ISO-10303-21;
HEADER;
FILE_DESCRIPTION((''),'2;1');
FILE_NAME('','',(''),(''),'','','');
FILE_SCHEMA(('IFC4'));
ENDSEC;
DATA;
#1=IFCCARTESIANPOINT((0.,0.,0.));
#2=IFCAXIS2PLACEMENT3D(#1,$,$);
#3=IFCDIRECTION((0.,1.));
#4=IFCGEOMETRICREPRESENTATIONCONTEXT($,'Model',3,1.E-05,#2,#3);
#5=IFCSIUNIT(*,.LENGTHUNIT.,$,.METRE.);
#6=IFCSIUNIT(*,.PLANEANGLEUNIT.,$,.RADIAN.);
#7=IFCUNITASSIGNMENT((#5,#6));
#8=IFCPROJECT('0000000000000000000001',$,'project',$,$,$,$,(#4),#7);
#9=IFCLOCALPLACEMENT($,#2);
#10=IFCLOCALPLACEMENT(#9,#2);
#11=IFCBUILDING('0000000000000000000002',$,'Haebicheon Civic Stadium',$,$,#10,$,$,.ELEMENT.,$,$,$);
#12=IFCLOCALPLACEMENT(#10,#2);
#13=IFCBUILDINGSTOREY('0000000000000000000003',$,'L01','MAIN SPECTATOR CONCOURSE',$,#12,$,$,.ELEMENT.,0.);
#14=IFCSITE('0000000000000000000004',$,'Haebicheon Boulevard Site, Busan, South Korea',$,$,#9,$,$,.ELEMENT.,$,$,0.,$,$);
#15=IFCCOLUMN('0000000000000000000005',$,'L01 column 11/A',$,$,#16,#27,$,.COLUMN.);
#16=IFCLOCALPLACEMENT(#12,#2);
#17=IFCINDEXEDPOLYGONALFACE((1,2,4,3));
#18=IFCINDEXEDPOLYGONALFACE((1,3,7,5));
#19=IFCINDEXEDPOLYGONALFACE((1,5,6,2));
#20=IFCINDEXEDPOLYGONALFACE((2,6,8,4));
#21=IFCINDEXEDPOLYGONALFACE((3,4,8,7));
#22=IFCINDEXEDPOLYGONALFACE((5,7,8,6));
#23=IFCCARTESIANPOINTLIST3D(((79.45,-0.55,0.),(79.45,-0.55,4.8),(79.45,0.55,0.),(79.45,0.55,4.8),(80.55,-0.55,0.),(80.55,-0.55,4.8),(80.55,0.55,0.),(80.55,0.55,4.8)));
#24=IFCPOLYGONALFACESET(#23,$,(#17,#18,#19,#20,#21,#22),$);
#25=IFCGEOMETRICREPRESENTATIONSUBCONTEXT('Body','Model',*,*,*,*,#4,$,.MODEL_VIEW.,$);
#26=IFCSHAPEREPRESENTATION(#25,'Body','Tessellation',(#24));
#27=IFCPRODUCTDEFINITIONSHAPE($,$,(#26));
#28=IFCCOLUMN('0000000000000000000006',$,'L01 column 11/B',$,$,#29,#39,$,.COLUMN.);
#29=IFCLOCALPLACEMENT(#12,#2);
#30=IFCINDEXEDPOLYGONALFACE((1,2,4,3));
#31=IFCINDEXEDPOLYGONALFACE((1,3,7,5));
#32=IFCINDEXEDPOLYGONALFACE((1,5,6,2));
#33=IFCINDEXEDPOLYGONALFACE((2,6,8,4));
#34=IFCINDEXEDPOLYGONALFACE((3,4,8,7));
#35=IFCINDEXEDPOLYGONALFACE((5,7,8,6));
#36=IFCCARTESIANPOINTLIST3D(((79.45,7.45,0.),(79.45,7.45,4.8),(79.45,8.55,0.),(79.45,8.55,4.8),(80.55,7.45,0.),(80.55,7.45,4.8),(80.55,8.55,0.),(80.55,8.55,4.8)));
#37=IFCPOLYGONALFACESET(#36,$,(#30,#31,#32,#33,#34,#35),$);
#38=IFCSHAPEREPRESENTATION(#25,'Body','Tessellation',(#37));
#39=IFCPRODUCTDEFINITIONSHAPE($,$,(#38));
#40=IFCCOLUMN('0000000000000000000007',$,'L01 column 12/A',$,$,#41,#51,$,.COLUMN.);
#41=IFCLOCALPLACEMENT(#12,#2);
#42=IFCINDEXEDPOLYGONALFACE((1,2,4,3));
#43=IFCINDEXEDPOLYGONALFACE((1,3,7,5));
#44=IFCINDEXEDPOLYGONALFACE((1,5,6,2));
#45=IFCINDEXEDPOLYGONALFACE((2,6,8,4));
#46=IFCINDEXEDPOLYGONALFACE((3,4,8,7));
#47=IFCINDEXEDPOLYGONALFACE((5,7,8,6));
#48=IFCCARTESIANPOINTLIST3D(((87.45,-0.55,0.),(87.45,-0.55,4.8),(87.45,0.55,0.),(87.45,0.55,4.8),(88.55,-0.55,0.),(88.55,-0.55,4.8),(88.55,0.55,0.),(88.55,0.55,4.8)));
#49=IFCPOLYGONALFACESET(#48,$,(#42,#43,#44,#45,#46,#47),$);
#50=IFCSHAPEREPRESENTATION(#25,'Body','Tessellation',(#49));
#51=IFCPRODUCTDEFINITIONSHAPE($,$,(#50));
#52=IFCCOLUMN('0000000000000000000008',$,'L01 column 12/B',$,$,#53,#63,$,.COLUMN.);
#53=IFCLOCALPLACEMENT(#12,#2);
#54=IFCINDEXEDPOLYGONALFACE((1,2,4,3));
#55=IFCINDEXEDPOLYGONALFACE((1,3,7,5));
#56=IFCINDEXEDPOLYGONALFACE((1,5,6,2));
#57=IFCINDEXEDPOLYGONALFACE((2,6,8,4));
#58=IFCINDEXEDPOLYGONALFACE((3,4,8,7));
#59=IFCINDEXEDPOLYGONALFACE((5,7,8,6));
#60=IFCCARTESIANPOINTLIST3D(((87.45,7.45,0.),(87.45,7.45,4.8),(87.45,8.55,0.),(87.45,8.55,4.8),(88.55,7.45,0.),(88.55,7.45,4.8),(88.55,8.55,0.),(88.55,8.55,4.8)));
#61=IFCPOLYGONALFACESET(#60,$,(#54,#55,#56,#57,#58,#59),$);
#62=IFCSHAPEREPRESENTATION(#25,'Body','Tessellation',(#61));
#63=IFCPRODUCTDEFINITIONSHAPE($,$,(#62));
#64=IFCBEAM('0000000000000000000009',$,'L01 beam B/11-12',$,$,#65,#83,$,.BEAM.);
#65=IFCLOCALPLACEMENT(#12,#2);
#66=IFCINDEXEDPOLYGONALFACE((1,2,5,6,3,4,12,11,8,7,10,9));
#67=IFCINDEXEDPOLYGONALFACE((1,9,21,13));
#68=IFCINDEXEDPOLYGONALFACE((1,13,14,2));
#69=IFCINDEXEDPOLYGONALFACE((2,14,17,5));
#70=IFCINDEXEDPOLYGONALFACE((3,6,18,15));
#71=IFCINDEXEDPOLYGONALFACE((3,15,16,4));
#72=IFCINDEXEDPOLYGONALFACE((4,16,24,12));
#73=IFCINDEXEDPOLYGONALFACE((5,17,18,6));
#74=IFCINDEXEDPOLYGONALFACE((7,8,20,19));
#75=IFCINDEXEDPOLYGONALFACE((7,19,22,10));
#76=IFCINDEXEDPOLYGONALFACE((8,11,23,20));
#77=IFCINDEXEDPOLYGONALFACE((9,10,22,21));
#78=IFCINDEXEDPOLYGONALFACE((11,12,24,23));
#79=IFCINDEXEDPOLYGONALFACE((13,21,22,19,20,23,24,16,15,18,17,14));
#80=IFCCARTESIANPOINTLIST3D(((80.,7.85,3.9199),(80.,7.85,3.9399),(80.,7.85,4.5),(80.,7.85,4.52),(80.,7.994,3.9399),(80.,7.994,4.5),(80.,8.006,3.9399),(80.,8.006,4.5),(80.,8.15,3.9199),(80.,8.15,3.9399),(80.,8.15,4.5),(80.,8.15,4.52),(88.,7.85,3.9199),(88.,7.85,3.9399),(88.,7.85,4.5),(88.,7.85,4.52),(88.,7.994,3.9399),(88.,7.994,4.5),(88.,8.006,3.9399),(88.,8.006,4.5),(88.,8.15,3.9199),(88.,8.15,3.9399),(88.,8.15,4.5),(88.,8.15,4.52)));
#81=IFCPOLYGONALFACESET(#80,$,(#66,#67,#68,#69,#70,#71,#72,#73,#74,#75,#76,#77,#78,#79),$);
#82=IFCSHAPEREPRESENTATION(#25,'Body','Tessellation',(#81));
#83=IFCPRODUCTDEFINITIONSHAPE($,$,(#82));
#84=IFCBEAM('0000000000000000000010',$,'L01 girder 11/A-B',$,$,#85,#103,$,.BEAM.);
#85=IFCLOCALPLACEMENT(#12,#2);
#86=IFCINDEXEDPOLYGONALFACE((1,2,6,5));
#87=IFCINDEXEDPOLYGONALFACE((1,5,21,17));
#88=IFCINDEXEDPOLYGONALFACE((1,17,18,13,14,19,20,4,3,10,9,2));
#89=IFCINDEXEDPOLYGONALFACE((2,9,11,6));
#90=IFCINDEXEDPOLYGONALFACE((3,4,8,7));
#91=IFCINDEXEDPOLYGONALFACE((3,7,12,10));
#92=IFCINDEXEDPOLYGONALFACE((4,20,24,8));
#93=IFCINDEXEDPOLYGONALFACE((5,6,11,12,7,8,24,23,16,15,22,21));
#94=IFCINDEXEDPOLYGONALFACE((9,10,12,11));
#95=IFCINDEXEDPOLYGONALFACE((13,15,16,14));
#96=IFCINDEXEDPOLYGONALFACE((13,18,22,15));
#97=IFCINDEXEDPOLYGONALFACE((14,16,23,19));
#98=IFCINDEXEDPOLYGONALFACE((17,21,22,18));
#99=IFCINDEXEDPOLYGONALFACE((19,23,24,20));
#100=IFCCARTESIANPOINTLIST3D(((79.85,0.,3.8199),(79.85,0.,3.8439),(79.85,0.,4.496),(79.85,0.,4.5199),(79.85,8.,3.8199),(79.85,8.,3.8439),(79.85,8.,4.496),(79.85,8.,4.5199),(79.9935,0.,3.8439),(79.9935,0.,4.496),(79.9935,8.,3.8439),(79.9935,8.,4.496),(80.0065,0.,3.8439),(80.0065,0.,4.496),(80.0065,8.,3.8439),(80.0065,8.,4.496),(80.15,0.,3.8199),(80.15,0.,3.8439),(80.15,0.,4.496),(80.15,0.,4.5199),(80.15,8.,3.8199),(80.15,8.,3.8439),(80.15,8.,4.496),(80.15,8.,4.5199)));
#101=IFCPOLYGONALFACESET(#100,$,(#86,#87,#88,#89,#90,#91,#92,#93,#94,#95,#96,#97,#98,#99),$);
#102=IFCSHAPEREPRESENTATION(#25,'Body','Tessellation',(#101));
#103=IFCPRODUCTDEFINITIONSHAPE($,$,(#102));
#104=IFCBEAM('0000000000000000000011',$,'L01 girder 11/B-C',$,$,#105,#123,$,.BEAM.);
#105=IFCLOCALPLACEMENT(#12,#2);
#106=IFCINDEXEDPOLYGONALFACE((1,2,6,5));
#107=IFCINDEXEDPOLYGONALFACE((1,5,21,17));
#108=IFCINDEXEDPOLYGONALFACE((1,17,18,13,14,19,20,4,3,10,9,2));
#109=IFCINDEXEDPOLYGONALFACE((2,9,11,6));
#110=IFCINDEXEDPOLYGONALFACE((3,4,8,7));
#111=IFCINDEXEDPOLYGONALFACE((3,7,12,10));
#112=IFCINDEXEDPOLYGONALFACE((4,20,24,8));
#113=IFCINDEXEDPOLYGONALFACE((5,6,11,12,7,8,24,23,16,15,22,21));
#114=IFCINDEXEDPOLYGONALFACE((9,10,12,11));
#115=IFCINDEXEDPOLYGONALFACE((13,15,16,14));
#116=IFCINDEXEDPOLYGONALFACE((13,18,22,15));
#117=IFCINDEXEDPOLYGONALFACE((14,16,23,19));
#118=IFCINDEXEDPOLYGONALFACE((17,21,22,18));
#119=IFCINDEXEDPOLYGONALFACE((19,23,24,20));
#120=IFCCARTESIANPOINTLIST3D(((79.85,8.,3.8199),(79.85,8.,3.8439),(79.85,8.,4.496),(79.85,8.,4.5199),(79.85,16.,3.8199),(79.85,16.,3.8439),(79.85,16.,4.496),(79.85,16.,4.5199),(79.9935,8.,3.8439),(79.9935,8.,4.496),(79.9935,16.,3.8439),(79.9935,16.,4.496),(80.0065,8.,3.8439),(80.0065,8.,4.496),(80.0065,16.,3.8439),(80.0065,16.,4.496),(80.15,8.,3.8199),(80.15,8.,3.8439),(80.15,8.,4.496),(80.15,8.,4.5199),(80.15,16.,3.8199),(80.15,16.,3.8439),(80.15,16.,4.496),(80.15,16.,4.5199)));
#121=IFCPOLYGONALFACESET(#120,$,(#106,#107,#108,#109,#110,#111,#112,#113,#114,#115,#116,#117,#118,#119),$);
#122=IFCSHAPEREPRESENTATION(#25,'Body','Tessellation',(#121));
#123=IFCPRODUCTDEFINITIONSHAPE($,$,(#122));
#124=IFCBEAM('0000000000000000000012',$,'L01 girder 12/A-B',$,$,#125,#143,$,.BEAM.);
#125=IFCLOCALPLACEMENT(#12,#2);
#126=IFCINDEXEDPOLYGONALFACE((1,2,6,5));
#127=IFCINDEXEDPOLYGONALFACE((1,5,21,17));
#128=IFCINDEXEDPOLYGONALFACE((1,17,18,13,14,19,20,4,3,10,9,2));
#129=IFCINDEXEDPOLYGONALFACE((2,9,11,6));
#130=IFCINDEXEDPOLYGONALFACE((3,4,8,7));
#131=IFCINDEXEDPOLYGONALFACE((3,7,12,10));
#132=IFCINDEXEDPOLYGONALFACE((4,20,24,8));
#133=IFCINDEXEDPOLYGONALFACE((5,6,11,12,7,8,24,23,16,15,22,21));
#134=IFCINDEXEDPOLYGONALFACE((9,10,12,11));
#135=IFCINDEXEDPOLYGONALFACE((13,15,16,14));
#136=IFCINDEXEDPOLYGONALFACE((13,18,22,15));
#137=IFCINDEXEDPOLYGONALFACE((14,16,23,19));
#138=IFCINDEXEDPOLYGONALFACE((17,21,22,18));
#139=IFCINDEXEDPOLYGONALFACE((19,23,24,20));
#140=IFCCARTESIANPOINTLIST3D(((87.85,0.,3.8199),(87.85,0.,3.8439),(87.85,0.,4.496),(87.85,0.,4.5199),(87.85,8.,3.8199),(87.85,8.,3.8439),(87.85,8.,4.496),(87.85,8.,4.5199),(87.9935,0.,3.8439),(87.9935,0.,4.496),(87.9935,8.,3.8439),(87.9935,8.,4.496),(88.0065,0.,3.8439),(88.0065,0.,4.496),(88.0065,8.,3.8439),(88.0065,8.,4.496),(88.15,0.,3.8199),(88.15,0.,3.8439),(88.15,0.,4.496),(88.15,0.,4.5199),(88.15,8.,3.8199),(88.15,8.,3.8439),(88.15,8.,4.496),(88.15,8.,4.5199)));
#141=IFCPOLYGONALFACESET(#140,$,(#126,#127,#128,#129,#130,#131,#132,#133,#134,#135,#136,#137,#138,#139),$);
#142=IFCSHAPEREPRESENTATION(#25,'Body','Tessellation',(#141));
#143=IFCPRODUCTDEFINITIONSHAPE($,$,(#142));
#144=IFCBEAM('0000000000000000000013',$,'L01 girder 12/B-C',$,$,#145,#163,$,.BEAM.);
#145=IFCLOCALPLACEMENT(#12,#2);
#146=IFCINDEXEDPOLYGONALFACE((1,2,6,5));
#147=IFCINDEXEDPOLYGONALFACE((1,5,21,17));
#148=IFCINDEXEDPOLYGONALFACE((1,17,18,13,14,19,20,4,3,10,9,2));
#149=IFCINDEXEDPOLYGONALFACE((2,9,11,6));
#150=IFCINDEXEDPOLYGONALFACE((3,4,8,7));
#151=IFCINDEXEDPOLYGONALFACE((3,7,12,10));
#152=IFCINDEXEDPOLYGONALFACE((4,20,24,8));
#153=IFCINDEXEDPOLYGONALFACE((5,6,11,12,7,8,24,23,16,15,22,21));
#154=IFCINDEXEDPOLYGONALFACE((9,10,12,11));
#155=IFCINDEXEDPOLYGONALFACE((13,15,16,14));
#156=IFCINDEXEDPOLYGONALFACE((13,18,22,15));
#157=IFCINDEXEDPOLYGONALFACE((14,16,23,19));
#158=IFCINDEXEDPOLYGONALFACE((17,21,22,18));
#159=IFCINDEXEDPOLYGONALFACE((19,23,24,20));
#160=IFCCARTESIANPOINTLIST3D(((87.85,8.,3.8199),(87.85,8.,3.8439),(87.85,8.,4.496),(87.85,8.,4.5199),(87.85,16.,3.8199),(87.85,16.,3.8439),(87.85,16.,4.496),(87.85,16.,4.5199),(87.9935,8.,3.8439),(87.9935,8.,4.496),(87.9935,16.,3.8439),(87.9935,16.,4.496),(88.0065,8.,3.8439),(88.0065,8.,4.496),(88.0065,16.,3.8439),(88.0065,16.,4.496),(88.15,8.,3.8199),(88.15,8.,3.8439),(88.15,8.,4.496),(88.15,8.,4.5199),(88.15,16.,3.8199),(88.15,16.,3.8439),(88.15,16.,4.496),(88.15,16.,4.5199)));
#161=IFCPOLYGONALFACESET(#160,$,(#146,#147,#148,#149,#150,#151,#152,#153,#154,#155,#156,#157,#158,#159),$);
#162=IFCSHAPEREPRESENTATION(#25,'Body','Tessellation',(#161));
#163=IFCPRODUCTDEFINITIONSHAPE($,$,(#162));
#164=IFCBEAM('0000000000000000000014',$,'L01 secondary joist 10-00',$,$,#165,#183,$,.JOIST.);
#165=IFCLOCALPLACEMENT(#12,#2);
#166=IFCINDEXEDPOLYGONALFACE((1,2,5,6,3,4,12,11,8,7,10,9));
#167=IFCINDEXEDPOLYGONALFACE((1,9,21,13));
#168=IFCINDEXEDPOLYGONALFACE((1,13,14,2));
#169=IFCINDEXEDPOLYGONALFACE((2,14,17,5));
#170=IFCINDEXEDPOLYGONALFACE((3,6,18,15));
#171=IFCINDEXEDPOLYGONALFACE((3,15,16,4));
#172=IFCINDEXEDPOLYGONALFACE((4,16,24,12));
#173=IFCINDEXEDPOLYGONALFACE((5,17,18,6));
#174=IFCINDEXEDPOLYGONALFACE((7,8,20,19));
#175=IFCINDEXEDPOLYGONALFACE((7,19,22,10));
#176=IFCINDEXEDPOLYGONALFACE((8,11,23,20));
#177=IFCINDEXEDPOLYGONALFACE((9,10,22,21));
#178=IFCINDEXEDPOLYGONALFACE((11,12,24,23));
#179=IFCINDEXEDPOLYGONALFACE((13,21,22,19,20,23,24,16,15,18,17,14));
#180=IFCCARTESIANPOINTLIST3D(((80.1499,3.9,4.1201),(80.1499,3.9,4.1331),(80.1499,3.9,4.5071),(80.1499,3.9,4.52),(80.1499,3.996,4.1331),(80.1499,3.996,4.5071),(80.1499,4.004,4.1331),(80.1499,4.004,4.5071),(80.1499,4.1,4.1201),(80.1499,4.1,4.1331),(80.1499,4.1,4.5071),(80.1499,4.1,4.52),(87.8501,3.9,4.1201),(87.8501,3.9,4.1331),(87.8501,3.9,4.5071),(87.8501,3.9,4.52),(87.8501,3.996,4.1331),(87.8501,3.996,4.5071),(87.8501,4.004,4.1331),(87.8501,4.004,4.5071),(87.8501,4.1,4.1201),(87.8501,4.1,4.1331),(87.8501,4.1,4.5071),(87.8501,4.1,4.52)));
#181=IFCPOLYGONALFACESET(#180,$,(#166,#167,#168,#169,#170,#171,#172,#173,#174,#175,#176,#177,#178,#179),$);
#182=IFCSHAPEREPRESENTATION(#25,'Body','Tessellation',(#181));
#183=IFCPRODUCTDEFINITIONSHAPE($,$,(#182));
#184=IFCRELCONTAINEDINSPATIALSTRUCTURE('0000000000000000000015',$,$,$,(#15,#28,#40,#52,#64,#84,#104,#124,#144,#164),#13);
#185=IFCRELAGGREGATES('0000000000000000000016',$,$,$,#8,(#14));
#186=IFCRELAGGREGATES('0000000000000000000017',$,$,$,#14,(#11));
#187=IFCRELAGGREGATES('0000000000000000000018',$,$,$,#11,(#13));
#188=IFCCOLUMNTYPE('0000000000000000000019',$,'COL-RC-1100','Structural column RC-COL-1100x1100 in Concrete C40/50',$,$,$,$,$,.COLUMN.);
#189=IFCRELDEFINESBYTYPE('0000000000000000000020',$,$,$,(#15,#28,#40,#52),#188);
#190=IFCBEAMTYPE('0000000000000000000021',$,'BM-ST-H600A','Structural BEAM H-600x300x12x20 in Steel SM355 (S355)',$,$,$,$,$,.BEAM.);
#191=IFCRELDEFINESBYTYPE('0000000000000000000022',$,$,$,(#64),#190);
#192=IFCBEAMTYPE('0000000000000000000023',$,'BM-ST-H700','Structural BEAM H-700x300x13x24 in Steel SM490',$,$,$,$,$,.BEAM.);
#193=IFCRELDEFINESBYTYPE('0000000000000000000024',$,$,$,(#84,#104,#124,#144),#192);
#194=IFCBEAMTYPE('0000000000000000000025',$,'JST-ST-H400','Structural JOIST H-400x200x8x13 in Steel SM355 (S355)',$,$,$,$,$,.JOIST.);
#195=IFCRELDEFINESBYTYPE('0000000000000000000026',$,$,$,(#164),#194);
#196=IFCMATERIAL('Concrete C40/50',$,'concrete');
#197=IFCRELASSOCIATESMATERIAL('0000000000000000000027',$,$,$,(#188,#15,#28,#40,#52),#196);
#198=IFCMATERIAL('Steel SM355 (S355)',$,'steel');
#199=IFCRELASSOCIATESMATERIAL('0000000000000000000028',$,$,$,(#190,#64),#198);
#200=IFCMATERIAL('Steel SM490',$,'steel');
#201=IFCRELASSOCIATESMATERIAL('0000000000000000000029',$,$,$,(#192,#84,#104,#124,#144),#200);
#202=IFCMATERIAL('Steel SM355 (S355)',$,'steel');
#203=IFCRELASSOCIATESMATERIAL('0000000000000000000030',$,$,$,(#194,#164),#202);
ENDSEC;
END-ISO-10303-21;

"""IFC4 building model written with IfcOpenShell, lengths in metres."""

from ifc_helpers import new_model, si_unit, direction, frame, origin, origin_2d, place, context, subcontext, project, spatial, rectangle, i_section, extrude, material, material_profile, profile_set, type_object, element, save


model = new_model("IFC4")

# Units and contexts
model_context = context("Model", 3, precision=1e-05, world=origin(), true_north=direction((0.0, 1.0)))
body_context = subcontext(model_context, "Body", "Model", "MODEL_VIEW")
ifc_project = project(units=[si_unit("LENGTHUNIT", "METRE"), si_unit("PLANEANGLEUNIT", "RADIAN")], contexts=[model_context])

# Site, building, storey
site_placement = place(None, origin())
site = spatial("IfcSite", under=ifc_project, at=site_placement, Name="Haebicheon Boulevard Site, Busan, South Korea", CompositionType="ELEMENT", RefElevation=0.0)
building_placement = place(site_placement, origin())
building = spatial("IfcBuilding", under=site, at=building_placement, Name="Haebicheon Civic Stadium", CompositionType="ELEMENT")
storey_placement = place(building_placement, origin())
storey = spatial("IfcBuildingStorey", under=building, at=storey_placement, Name="L01", Description="MAIN SPECTATOR CONCOURSE", CompositionType="ELEMENT", Elevation=0.0)

# Columns
ifc_material_1 = material(Name="Concrete C40/50", Category="concrete")
ifc_material_profile_1 = material_profile(ifc_material_1, rectangle(XDim=1.1001, YDim=1.1001, at=origin_2d()), Name="RC-COL-1100x1100")
ifc_profile_set_1 = profile_set([ifc_material_profile_1], Name="Concrete C40/50")
column_type = type_object("IfcColumnType", Name="COL-RC-1100", Description="Structural column RC-COL-1100x1100 in Concrete C40/50", PredefinedType="COLUMN", material=ifc_profile_set_1)
for number, where, z_axis, x_axis, name in (
    (1, (80.0, 0.0, 0.0), (0.0, 0.0, 1.0), (1.0, 0.0, 0.0), "L01 column 11/A"),
    (2, (80.0, 8.0, 0.0), (0.0, 0.0, 1.0), (1.0, 0.0, 0.0), "L01 column 11/B"),
    (3, (88.0, 0.0, 0.0), (0.0, 0.0, 1.0), (1.0, 0.0, 0.0), "L01 column 12/A"),
    (4, (88.0, 8.0, 0.0), (0.0, 0.0, 1.0), (1.0, 0.0, 0.0), "L01 column 12/B"),
):
    element("IfcColumn", number, at=place(storey_placement, frame(where, z_axis=z_axis, x_axis=x_axis)), inside=storey, type_object=column_type, material=ifc_profile_set_1, Name=name, PredefinedType="COLUMN", context=body_context, shape_type="SweptSolid", body=[
        extrude(rectangle(XDim=1.1001, YDim=1.1001, at=origin_2d()), origin(), (0.0, 0.0, 1.0), 4.8),
    ])

# Beams
ifc_material_2 = material(Name="Steel SM355 (S355)", Category="steel")
ifc_material_profile_2 = material_profile(ifc_material_2, i_section(OverallWidth=0.3, OverallDepth=0.6001, WebThickness=0.012, FlangeThickness=0.02, at=origin_2d()), Name="H-600x300x12x20")
ifc_profile_set_2 = profile_set([ifc_material_profile_2], Name="Steel SM355 (S355)")
beam_type_1 = type_object("IfcBeamType", Name="BM-ST-H600A", Description="Structural BEAM H-600x300x12x20 in Steel SM355 (S355)", PredefinedType="BEAM", material=ifc_profile_set_2)
beam_1_placement = place(storey_placement, frame((80.0, 8.0, 4.22), z_axis=(1.0, 0.0, 0.0), x_axis=(0.0, 1.0, 0.0)))
element("IfcBeam", 5, at=beam_1_placement, inside=storey, type_object=beam_type_1, material=ifc_profile_set_2, Name="L01 beam B/11-12", PredefinedType="BEAM", context=body_context, shape_type="SweptSolid", body=[
    extrude(i_section(OverallWidth=0.3, OverallDepth=0.6001, WebThickness=0.012, FlangeThickness=0.02, at=origin_2d()), origin(), (0.0, 0.0, 1.0), 8.0),
])
ifc_material_3 = material(Name="Steel SM490", Category="steel")
ifc_material_profile_3 = material_profile(ifc_material_3, i_section(OverallWidth=0.3, OverallDepth=0.7, WebThickness=0.0129, FlangeThickness=0.0239, at=origin_2d()), Name="H-700x300x13x24")
ifc_profile_set_3 = profile_set([ifc_material_profile_3], Name="Steel SM490")
beam_type_2 = type_object("IfcBeamType", Name="BM-ST-H700", Description="Structural BEAM H-700x300x13x24 in Steel SM490", PredefinedType="BEAM", material=ifc_profile_set_3)
for number, where, z_axis, x_axis, name in (
    (6, (80.0, 0.0, 4.1699), (0.0, 1.0, 0.0), (-1.0, 0.0, 0.0), "L01 girder 11/A-B"),
    (7, (80.0, 8.0, 4.1699), (0.0, 1.0, 0.0), (-1.0, 0.0, 0.0), "L01 girder 11/B-C"),
    (8, (88.0, 0.0, 4.1699), (0.0, 1.0, 0.0), (-1.0, 0.0, 0.0), "L01 girder 12/A-B"),
    (9, (88.0, 8.0, 4.1699), (0.0, 1.0, 0.0), (-1.0, 0.0, 0.0), "L01 girder 12/B-C"),
):
    element("IfcBeam", number, at=place(storey_placement, frame(where, z_axis=z_axis, x_axis=x_axis)), inside=storey, type_object=beam_type_2, material=ifc_profile_set_3, Name=name, PredefinedType="BEAM", context=body_context, shape_type="SweptSolid", body=[
        extrude(i_section(OverallWidth=0.3, OverallDepth=0.7, WebThickness=0.0129, FlangeThickness=0.0239, at=origin_2d()), origin(), (0.0, 0.0, 1.0), 8.0),
    ])
ifc_material_4 = material(Name="Steel SM355 (S355)", Category="steel")
ifc_material_profile_4 = material_profile(ifc_material_4, i_section(OverallWidth=0.2, OverallDepth=0.3999, WebThickness=0.0081, FlangeThickness=0.0129, at=origin_2d()), Name="H-400x200x8x13")
ifc_profile_set_4 = profile_set([ifc_material_profile_4], Name="Steel SM355 (S355)")
beam_type_3 = type_object("IfcBeamType", Name="JST-ST-H400", Description="Structural JOIST H-400x200x8x13 in Steel SM355 (S355)", PredefinedType="JOIST", material=ifc_profile_set_4)
beam_2_placement = place(storey_placement, frame((80.1499, 4.0, 4.3201), z_axis=(1.0, 0.0, 0.0), x_axis=(0.0, 1.0, 0.0)))
element("IfcBeam", 10, at=beam_2_placement, inside=storey, type_object=beam_type_3, material=ifc_profile_set_4, Name="L01 secondary joist 10-00", PredefinedType="JOIST", context=body_context, shape_type="SweptSolid", body=[
    extrude(i_section(OverallWidth=0.2, OverallDepth=0.3999, WebThickness=0.0081, FlangeThickness=0.0129, at=origin_2d()), origin(), (0.0, 0.0, 1.0), 7.7002),
])

save(model, "model.ifc")
